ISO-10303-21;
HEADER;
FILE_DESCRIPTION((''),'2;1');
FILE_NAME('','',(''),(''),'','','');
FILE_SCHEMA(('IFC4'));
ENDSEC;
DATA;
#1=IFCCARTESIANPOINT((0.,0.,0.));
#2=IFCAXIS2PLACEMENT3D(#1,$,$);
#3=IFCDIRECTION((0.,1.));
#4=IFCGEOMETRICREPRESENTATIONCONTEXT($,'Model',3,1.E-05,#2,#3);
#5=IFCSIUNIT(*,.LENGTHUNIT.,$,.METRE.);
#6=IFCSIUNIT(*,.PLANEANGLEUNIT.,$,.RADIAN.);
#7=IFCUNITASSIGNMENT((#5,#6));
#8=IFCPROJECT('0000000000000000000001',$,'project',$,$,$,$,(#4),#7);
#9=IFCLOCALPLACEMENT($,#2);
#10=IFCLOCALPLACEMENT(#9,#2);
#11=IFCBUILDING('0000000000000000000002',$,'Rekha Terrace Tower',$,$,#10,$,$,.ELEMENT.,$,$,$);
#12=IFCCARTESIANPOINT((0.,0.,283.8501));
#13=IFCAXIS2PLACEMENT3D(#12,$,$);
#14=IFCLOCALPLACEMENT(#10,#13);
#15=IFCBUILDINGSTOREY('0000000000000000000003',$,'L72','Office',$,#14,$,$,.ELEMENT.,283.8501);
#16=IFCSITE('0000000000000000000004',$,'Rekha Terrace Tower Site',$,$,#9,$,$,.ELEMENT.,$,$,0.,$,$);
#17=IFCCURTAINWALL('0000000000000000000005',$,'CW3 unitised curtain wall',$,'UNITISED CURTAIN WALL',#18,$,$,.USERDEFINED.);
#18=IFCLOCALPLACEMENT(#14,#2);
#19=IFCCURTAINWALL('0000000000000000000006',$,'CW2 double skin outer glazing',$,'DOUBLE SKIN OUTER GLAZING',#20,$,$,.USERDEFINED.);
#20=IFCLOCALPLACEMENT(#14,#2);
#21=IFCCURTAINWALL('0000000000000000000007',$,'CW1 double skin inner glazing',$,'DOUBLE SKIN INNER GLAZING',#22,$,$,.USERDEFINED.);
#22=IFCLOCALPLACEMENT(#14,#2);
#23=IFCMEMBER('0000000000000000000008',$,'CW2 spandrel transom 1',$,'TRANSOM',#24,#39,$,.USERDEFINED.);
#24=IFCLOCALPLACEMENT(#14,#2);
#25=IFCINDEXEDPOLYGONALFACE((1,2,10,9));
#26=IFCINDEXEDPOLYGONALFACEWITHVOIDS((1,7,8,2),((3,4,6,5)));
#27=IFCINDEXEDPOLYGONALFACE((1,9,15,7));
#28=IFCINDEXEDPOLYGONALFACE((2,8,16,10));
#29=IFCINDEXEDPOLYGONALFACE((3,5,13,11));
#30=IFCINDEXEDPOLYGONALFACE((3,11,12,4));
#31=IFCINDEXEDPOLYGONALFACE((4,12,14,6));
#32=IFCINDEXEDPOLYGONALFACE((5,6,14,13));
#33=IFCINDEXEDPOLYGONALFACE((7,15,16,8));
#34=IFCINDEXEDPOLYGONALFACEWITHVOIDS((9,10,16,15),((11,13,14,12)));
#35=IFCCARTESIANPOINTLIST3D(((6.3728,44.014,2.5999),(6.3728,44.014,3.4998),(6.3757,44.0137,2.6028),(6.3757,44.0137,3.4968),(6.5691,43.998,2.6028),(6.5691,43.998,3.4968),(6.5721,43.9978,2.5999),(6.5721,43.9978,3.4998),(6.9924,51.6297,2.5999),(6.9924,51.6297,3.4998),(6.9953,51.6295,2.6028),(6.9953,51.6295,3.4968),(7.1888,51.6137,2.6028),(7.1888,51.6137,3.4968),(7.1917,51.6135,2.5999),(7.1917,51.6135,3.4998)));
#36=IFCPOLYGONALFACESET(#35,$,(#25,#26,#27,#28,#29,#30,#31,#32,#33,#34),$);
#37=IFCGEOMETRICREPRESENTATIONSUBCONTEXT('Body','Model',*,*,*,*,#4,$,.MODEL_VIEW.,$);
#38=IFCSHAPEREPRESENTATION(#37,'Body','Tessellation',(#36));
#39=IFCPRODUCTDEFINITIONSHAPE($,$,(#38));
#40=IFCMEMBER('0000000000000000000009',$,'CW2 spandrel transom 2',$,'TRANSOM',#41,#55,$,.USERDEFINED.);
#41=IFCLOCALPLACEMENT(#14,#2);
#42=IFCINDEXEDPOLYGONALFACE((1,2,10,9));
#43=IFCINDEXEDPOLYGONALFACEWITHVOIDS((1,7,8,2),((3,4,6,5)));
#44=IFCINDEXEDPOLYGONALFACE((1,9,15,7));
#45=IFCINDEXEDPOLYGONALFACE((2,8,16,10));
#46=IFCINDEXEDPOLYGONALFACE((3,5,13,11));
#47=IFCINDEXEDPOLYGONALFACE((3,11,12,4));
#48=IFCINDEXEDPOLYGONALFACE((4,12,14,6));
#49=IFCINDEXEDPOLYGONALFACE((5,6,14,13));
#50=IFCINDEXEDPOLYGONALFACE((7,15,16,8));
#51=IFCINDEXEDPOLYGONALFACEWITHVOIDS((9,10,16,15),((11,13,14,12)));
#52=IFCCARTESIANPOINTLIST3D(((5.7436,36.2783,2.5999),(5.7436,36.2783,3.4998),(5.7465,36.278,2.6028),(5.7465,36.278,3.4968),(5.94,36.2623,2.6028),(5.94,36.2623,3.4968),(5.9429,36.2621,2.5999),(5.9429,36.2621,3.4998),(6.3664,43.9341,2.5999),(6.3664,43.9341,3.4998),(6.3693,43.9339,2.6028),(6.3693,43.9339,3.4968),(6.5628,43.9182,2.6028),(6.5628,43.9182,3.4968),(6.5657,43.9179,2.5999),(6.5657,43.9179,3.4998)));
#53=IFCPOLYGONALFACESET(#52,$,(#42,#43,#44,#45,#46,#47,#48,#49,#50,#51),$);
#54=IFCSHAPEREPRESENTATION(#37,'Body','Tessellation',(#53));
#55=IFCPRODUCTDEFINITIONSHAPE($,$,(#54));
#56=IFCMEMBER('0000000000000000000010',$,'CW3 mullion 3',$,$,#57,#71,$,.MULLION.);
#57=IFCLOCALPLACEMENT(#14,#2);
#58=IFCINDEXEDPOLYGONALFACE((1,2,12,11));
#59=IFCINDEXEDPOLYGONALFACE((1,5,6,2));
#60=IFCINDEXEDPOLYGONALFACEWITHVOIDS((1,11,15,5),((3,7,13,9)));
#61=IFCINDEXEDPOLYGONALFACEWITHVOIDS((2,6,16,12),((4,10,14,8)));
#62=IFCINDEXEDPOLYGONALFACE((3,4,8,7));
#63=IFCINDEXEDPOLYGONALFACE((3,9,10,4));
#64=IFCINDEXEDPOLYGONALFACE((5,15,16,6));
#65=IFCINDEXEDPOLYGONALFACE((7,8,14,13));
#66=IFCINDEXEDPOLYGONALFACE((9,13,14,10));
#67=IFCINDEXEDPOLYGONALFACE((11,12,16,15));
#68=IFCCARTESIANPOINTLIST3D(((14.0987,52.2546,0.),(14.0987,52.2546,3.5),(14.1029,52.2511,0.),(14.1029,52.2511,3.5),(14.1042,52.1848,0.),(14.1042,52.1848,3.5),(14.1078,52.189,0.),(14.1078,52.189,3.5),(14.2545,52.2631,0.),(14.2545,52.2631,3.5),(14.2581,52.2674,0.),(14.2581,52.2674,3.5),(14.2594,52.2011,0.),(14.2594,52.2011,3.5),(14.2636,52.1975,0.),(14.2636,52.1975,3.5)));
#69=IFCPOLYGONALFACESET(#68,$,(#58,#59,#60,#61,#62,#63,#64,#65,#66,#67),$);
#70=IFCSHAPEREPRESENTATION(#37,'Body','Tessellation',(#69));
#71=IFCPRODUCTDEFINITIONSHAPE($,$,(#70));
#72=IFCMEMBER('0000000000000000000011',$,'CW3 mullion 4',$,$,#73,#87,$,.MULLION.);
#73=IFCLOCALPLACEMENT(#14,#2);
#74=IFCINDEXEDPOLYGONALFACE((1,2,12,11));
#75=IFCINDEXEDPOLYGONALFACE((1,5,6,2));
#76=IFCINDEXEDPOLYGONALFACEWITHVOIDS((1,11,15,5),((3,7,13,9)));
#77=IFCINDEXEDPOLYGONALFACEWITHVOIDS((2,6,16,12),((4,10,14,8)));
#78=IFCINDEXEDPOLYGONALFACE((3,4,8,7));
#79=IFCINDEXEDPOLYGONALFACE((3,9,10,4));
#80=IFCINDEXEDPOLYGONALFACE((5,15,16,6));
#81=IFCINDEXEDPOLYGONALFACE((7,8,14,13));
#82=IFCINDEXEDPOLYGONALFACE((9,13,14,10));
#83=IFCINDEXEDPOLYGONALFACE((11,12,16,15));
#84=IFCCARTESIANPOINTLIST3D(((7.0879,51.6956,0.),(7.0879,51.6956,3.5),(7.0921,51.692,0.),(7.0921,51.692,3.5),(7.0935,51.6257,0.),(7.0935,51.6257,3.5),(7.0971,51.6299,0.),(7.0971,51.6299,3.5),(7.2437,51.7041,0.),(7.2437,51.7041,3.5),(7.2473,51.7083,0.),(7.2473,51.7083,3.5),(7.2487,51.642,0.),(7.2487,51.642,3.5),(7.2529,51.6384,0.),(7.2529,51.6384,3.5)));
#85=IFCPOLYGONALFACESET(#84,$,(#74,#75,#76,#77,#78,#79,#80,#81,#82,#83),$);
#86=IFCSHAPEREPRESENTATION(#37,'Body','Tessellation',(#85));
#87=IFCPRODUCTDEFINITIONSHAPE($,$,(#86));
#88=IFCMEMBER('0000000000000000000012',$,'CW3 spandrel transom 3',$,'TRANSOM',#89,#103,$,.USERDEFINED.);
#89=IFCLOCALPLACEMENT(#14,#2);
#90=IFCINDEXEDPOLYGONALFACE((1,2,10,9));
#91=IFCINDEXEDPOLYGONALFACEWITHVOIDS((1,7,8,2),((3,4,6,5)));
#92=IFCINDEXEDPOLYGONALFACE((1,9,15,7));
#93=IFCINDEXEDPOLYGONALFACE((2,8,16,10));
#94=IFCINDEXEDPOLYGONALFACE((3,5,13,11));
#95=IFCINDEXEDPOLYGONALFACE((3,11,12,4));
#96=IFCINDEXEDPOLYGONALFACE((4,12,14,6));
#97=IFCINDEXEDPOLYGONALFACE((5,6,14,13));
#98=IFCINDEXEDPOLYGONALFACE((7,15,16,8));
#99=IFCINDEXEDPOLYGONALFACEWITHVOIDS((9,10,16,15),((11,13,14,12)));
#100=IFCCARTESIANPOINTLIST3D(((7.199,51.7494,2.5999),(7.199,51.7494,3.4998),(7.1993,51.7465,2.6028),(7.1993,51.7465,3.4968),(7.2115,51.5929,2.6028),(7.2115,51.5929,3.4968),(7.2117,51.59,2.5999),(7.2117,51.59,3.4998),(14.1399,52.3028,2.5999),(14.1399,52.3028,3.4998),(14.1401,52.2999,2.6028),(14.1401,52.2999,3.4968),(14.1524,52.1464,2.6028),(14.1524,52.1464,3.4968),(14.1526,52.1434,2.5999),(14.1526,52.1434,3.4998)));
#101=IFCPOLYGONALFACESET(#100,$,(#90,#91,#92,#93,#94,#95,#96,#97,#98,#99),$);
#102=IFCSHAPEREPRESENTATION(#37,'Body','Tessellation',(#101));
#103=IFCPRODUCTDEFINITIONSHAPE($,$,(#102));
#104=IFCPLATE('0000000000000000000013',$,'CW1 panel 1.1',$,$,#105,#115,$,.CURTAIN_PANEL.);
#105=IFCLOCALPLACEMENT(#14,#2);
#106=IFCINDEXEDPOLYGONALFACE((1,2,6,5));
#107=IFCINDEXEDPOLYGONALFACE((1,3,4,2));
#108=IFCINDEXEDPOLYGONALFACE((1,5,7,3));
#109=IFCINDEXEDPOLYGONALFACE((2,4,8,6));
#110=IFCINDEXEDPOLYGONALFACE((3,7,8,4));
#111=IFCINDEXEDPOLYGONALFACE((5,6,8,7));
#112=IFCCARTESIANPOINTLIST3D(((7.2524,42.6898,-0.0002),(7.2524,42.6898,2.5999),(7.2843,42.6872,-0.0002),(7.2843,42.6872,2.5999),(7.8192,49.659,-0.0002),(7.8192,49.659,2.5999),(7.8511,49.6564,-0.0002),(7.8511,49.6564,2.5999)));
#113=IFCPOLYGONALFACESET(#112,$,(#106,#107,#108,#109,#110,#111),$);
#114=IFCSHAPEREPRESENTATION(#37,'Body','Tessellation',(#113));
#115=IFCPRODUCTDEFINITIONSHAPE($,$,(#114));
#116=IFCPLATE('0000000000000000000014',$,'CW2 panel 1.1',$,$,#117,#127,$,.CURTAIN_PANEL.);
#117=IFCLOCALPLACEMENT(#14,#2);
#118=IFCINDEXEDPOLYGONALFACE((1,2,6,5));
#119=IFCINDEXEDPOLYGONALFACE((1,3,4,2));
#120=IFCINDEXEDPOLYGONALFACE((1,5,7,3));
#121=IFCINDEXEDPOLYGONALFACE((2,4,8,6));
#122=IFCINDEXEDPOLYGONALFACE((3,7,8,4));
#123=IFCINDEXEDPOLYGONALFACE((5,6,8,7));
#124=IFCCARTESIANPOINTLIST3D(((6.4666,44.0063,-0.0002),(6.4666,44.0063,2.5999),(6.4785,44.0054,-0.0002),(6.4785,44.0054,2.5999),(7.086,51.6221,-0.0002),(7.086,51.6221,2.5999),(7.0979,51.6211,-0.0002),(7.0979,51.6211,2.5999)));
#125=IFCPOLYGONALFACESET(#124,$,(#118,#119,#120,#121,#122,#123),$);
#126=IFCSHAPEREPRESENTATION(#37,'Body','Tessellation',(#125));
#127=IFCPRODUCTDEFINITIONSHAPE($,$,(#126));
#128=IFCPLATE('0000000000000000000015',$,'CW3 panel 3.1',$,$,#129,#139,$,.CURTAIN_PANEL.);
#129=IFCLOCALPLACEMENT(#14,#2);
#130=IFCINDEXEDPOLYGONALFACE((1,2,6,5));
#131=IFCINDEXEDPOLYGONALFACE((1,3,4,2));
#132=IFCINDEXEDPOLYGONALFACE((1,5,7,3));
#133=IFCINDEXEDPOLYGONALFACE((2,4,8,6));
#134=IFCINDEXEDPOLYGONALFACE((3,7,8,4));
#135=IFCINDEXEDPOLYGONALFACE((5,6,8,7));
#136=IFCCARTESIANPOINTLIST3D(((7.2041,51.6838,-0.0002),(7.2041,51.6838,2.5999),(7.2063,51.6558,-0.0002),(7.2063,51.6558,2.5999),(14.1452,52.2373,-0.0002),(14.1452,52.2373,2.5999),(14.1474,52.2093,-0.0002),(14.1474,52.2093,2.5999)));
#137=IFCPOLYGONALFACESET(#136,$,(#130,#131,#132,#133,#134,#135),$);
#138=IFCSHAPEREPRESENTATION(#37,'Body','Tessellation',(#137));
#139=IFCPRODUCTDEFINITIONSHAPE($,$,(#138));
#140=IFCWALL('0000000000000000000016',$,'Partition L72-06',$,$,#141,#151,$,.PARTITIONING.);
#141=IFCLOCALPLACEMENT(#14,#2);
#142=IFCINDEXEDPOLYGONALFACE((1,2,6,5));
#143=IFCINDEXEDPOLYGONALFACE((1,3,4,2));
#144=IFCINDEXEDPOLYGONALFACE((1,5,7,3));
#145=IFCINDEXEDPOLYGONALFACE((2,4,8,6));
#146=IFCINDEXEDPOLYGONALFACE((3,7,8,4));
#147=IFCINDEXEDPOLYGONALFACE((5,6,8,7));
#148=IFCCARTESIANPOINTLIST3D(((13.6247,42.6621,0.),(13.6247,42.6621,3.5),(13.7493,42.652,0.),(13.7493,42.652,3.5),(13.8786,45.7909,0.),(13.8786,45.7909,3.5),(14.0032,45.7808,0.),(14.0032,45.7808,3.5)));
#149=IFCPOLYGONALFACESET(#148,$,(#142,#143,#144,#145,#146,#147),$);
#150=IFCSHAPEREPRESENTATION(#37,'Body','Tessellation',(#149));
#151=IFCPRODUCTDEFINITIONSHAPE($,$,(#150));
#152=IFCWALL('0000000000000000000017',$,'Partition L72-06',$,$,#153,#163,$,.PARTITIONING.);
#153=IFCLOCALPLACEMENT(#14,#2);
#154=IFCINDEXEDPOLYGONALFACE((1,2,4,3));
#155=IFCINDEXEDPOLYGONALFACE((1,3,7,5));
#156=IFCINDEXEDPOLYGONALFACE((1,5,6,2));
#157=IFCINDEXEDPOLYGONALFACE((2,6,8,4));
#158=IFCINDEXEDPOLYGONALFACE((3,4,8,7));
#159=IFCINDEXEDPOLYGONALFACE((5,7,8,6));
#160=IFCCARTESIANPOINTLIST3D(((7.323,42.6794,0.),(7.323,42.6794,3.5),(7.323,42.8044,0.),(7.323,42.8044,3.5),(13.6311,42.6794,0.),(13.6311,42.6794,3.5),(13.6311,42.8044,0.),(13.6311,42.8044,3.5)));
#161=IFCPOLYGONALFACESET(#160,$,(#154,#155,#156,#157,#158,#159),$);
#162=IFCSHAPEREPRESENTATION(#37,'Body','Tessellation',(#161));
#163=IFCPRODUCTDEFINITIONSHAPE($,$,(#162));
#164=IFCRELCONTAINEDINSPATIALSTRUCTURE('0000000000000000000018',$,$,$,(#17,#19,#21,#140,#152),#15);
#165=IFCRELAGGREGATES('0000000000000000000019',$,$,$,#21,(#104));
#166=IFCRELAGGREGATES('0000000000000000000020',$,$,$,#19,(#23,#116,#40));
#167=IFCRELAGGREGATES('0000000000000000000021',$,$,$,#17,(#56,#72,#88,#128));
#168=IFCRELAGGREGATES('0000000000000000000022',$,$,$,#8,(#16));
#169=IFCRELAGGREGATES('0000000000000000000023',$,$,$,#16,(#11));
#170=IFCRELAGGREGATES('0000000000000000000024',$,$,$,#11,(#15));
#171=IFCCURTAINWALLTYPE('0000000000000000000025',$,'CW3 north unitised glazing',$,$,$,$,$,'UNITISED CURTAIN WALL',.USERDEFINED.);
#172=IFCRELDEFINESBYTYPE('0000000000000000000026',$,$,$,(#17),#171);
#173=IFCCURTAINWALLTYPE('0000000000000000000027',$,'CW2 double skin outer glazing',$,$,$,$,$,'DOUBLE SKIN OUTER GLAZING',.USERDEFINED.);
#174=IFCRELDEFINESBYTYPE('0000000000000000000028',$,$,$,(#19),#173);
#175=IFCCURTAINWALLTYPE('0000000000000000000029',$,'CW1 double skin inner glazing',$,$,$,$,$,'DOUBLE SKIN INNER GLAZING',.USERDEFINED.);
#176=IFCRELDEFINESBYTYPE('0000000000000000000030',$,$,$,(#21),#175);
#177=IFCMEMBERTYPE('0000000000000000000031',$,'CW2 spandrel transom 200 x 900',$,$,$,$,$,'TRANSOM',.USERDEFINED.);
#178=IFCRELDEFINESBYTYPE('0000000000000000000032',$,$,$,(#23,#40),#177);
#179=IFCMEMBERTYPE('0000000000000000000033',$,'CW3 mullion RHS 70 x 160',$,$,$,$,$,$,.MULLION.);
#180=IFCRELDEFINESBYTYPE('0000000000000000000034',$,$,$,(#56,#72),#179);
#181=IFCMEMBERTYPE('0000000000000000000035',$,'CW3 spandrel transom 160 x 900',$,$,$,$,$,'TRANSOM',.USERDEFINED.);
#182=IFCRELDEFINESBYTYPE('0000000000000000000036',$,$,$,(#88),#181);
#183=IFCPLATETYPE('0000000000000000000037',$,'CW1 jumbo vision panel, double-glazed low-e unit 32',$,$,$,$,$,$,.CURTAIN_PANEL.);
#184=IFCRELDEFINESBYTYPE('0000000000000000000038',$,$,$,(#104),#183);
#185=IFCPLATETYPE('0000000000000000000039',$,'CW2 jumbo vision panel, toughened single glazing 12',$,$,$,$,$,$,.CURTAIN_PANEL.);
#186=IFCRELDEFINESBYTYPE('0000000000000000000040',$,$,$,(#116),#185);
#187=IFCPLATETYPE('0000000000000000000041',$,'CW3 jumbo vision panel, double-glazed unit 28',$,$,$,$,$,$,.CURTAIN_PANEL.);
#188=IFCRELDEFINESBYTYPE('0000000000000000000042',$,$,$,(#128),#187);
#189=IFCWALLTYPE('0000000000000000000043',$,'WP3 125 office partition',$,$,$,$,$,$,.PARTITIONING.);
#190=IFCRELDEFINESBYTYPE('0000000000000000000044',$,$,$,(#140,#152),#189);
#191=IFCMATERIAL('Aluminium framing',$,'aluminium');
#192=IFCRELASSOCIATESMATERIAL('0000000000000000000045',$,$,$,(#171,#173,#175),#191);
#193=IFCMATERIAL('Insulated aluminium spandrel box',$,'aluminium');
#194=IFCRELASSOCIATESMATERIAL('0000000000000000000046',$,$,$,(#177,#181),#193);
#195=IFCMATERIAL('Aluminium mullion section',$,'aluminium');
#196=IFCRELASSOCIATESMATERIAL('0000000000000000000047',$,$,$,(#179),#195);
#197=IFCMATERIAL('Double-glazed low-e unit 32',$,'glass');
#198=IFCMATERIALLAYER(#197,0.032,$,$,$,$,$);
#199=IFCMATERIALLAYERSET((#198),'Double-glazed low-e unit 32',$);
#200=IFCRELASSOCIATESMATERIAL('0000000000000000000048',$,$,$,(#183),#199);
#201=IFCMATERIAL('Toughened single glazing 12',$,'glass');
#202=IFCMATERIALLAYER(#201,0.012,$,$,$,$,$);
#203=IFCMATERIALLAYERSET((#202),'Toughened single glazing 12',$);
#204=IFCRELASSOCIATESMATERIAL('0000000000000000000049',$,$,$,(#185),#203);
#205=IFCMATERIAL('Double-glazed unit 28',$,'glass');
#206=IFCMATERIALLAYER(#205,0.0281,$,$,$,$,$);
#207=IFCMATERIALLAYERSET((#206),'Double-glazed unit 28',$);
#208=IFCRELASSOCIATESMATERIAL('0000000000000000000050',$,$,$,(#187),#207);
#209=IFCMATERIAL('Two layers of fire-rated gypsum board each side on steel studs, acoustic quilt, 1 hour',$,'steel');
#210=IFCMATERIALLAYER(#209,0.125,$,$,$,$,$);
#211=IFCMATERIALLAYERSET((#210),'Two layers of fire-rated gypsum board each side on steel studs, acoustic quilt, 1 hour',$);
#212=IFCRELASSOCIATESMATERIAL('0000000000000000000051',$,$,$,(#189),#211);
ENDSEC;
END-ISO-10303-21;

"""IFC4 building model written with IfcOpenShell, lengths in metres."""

from ifc_helpers import new_model, si_unit, direction, frame, frame_2d, origin, origin_2d, place, context, subcontext, project, spatial, rectangle, hollow_rectangle, extrude, material, layer, layer_set, material_profile, profile_set, type_object, element, aggregate, save


model = new_model("IFC4")

# Units and contexts
model_context = context("Model", 3, precision=1e-05, world=origin(), true_north=direction((0.0, 1.0)))
body_context = subcontext(model_context, "Body", "Model", "MODEL_VIEW")
ifc_project = project(units=[si_unit("LENGTHUNIT", "METRE"), si_unit("PLANEANGLEUNIT", "RADIAN")], contexts=[model_context])

# Site, building, storey
site_placement = place(None, origin())
site = spatial("IfcSite", under=ifc_project, at=site_placement, Name="Rekha Terrace Tower Site", CompositionType="ELEMENT", RefElevation=0.0)
building_placement = place(site_placement, origin())
building = spatial("IfcBuilding", under=site, at=building_placement, Name="Rekha Terrace Tower", CompositionType="ELEMENT")
storey_placement = place(building_placement, frame((0.0, 0.0, 283.8501)))
storey = spatial("IfcBuildingStorey", under=building, at=storey_placement, Name="L72", Description="Office", CompositionType="ELEMENT", Elevation=283.8501)

# Curtain walls
ifc_material_1 = material(Name="Aluminium framing", Category="aluminium")
curtain_wall_type_1 = type_object("IfcCurtainWallType", Name="CW3 north unitised glazing", ElementType="UNITISED CURTAIN WALL", PredefinedType="USERDEFINED", material=ifc_material_1)
curtain_wall_1_placement = place(storey_placement, origin())
curtain_wall_1 = element("IfcCurtainWall", 1, at=curtain_wall_1_placement, inside=storey, type_object=curtain_wall_type_1, Name="CW3 unitised curtain wall", ObjectType="UNITISED CURTAIN WALL", PredefinedType="USERDEFINED")
curtain_wall_type_2 = type_object("IfcCurtainWallType", Name="CW2 double skin outer glazing", ElementType="DOUBLE SKIN OUTER GLAZING", PredefinedType="USERDEFINED", material=ifc_material_1)
curtain_wall_2_placement = place(storey_placement, origin())
curtain_wall_2 = element("IfcCurtainWall", 2, at=curtain_wall_2_placement, inside=storey, type_object=curtain_wall_type_2, Name="CW2 double skin outer glazing", ObjectType="DOUBLE SKIN OUTER GLAZING", PredefinedType="USERDEFINED")

# Curtain wall
curtain_wall_type_3 = type_object("IfcCurtainWallType", Name="CW1 double skin inner glazing", ElementType="DOUBLE SKIN INNER GLAZING", PredefinedType="USERDEFINED", material=ifc_material_1)
curtain_wall_3_placement = place(storey_placement, origin())
curtain_wall_3 = element("IfcCurtainWall", 3, at=curtain_wall_3_placement, inside=storey, type_object=curtain_wall_type_3, Name="CW1 double skin inner glazing", ObjectType="DOUBLE SKIN INNER GLAZING", PredefinedType="USERDEFINED")
ifc_material_2 = material(Name="Aluminium mullion section", Category="aluminium")
ifc_material_3 = material(Name="Insulated aluminium spandrel box", Category="aluminium")

# Members
ifc_material_profile_1 = material_profile(ifc_material_3, hollow_rectangle(XDim=0.2, YDim=0.8999, WallThickness=0.0029, at=origin_2d()), Name="AL SPANDREL BOX 200x900")
ifc_profile_set_1 = profile_set([ifc_material_profile_1], Name="Insulated aluminium spandrel box")
member_type_1 = type_object("IfcMemberType", Name="CW2 spandrel transom 200 x 900", ElementType="TRANSOM", PredefinedType="USERDEFINED", material=ifc_profile_set_1)
member_1_placement = place(storey_placement, frame((7.092, 51.6216, 3.0498), z_axis=(-0.081094, -0.996706, 0.0), x_axis=(0.996706, -0.081094, 0.0)))
member_1 = element("IfcMember", 4, at=member_1_placement, type_object=member_type_1, Name="CW2 spandrel transom 1", ObjectType="TRANSOM", PredefinedType="USERDEFINED", context=body_context, shape_type="SweptSolid", body=[
    extrude(hollow_rectangle(XDim=0.2, YDim=0.8999, WallThickness=0.0029, at=origin_2d()), origin(), (0.0, 0.0, 1.0), 7.6409),
])
member_2_placement = place(storey_placement, frame((6.4661, 43.926, 3.0498), z_axis=(-0.081083, -0.996707, 0.0), x_axis=(0.996707, -0.081083, 0.0)))
member_2 = element("IfcMember", 5, at=member_2_placement, type_object=member_type_1, Name="CW2 spandrel transom 2", ObjectType="TRANSOM", PredefinedType="USERDEFINED", context=body_context, shape_type="SweptSolid", body=[
    extrude(hollow_rectangle(XDim=0.2, YDim=0.8999, WallThickness=0.0029, at=origin_2d()), origin(), (0.0, 0.0, 1.0), 7.6812),
])
ifc_material_profile_2 = material_profile(ifc_material_2, hollow_rectangle(XDim=0.0701, YDim=0.1599, WallThickness=0.0039, at=origin_2d()), Name="AL RHS 70x160")
ifc_profile_set_2 = profile_set([ifc_material_profile_2], Name="Aluminium mullion section")
member_type_2 = type_object("IfcMemberType", Name="CW3 mullion RHS 70 x 160", PredefinedType="MULLION", material=ifc_profile_set_2)
member_3_placement = place(storey_placement, frame((14.1812, 52.2261, 0.0), z_axis=(0.0, 0.0, 1.0), x_axis=(0.079485, -0.996836, 0.0)))
member_3 = element("IfcMember", 6, at=member_3_placement, type_object=member_type_2, Name="CW3 mullion 3", PredefinedType="MULLION", context=body_context, shape_type="SweptSolid", body=[
    extrude(hollow_rectangle(XDim=0.0701, YDim=0.1599, WallThickness=0.0039, at=origin_2d()), origin(), (0.0, 0.0, 1.0), 3.5),
])
member_4_placement = place(storey_placement, frame((7.1704, 51.667, 0.0), z_axis=(0.0, 0.0, 1.0), x_axis=(0.079485, -0.996836, 0.0)))
member_4 = element("IfcMember", 7, at=member_4_placement, type_object=member_type_2, Name="CW3 mullion 4", PredefinedType="MULLION", context=body_context, shape_type="SweptSolid", body=[
    extrude(hollow_rectangle(XDim=0.0701, YDim=0.1599, WallThickness=0.0039, at=origin_2d()), origin(), (0.0, 0.0, 1.0), 3.5),
])
ifc_material_profile_3 = material_profile(ifc_material_3, hollow_rectangle(XDim=0.1599, YDim=0.8999, WallThickness=0.0029, at=origin_2d()), Name="AL SPANDREL BOX 160x900")
ifc_profile_set_3 = profile_set([ifc_material_profile_3], Name="Insulated aluminium spandrel box")
member_type_3 = type_object("IfcMemberType", Name="CW3 spandrel transom 160 x 900", ElementType="TRANSOM", PredefinedType="USERDEFINED", material=ifc_profile_set_3)
member_5_placement = place(storey_placement, frame((14.1462, 52.2231, 3.0498), z_axis=(-0.996836, -0.079487, 0.0), x_axis=(0.079487, -0.996836, 0.0)))
member_5 = element("IfcMember", 8, at=member_5_placement, type_object=member_type_3, Name="CW3 spandrel transom 3", ObjectType="TRANSOM", PredefinedType="USERDEFINED", context=body_context, shape_type="SweptSolid", body=[
    extrude(hollow_rectangle(XDim=0.1599, YDim=0.8999, WallThickness=0.0029, at=origin_2d()), origin(), (0.0, 0.0, 1.0), 6.9629),
])

# Plates
ifc_material_4 = material(Name="Double-glazed low-e unit 32", Category="glass")
ifc_layer_1 = layer(ifc_material_4, 0.032)
ifc_layer_set_1 = layer_set([ifc_layer_1], Name="Double-glazed low-e unit 32")
plate_type_1 = type_object("IfcPlateType", Name="CW1 jumbo vision panel, double-glazed low-e unit 32", PredefinedType="CURTAIN_PANEL", material=ifc_layer_set_1)
plate_1_placement = place(storey_placement, frame((7.5518, 46.1731, -0.0002), z_axis=(0.0, 0.0, 1.0), x_axis=(-0.081068, -0.996709, 0.0)))
plate_1 = element("IfcPlate", 9, at=plate_1_placement, type_object=plate_type_1, Name="CW1 panel 1.1", PredefinedType="CURTAIN_PANEL", context=body_context, shape_type="SweptSolid", body=[
    extrude(rectangle(XDim=6.9922, YDim=0.032, at=origin_2d()), origin(), (0.0, 0.0, 1.0), 2.6001),
])
aggregate(curtain_wall_3, [plate_1])
ifc_material_5 = material(Name="Toughened single glazing 12", Category="glass")
ifc_layer_2 = layer(ifc_material_5, 0.012)
ifc_layer_set_2 = layer_set([ifc_layer_2], Name="Toughened single glazing 12")
plate_type_2 = type_object("IfcPlateType", Name="CW2 jumbo vision panel, toughened single glazing 12", PredefinedType="CURTAIN_PANEL", material=ifc_layer_set_2)
plate_2_placement = place(storey_placement, frame((6.7822, 47.8137, -0.0002), z_axis=(0.0, 0.0, 1.0), x_axis=(-0.081068, -0.996709, 0.0)))
plate_2 = element("IfcPlate", 10, at=plate_2_placement, type_object=plate_type_2, Name="CW2 panel 1.1", PredefinedType="CURTAIN_PANEL", context=body_context, shape_type="SweptSolid", body=[
    extrude(rectangle(XDim=7.6409, YDim=0.012, at=origin_2d()), origin(), (0.0, 0.0, 1.0), 2.6001),
])
aggregate(curtain_wall_2, [member_1, plate_2, member_2])
ifc_material_6 = material(Name="Double-glazed unit 28", Category="glass")
ifc_layer_3 = layer(ifc_material_6, 0.0281)
ifc_layer_set_3 = layer_set([ifc_layer_3], Name="Double-glazed unit 28")
plate_type_3 = type_object("IfcPlateType", Name="CW3 jumbo vision panel, double-glazed unit 28", PredefinedType="CURTAIN_PANEL", material=ifc_layer_set_3)
plate_3_placement = place(storey_placement, frame((10.6758, 51.9465, -0.0002), z_axis=(0.0, 0.0, 1.0), x_axis=(-0.996836, -0.079485, 0.0)))
plate_3 = element("IfcPlate", 11, at=plate_3_placement, type_object=plate_type_3, Name="CW3 panel 3.1", PredefinedType="CURTAIN_PANEL", context=body_context, shape_type="SweptSolid", body=[
    extrude(rectangle(XDim=6.9631, YDim=0.0281, at=origin_2d()), origin(), (0.0, 0.0, 1.0), 2.6001),
])
aggregate(curtain_wall_1, [member_3, member_4, member_5, plate_3])

# Walls
ifc_material_7 = material(Name="Two layers of fire-rated gypsum board each side on steel studs, acoustic quilt, 1 hour", Category="steel")
ifc_layer_4 = layer(ifc_material_7, 0.125)
ifc_layer_set_4 = layer_set([ifc_layer_4], Name="Two layers of fire-rated gypsum board each side on steel studs, acoustic quilt, 1 hour")
wall_type = type_object("IfcWallType", Name="WP3 125 office partition", PredefinedType="PARTITIONING", material=ifc_layer_set_4)
wall_1_placement = place(storey_placement, frame((13.9409, 45.7859, 0.0), z_axis=(0.0, 0.0, 1.0), x_axis=(-0.080883, -0.996724, 0.0)))
element("IfcWall", 12, at=wall_1_placement, inside=storey, type_object=wall_type, Name="Partition L72-06", PredefinedType="PARTITIONING", context=body_context, shape_type="SweptSolid", body=[
    extrude(rectangle(XDim=3.1392, YDim=0.125, at=frame_2d((1.5696, 0.0))), origin(), (0.0, 0.0, 1.0), 3.5),
])
wall_2_placement = place(storey_placement, frame((13.6311, 42.7419, 0.0), z_axis=(0.0, 0.0, 1.0), x_axis=(-1.0, 0.0, 0.0)))
element("IfcWall", 13, at=wall_2_placement, inside=storey, type_object=wall_type, Name="Partition L72-06", PredefinedType="PARTITIONING", context=body_context, shape_type="SweptSolid", body=[
    extrude(rectangle(XDim=6.3081, YDim=0.125, at=frame_2d((3.1541, 0.0))), origin(), (0.0, 0.0, 1.0), 3.5),
])

save(model, "model.ifc")
